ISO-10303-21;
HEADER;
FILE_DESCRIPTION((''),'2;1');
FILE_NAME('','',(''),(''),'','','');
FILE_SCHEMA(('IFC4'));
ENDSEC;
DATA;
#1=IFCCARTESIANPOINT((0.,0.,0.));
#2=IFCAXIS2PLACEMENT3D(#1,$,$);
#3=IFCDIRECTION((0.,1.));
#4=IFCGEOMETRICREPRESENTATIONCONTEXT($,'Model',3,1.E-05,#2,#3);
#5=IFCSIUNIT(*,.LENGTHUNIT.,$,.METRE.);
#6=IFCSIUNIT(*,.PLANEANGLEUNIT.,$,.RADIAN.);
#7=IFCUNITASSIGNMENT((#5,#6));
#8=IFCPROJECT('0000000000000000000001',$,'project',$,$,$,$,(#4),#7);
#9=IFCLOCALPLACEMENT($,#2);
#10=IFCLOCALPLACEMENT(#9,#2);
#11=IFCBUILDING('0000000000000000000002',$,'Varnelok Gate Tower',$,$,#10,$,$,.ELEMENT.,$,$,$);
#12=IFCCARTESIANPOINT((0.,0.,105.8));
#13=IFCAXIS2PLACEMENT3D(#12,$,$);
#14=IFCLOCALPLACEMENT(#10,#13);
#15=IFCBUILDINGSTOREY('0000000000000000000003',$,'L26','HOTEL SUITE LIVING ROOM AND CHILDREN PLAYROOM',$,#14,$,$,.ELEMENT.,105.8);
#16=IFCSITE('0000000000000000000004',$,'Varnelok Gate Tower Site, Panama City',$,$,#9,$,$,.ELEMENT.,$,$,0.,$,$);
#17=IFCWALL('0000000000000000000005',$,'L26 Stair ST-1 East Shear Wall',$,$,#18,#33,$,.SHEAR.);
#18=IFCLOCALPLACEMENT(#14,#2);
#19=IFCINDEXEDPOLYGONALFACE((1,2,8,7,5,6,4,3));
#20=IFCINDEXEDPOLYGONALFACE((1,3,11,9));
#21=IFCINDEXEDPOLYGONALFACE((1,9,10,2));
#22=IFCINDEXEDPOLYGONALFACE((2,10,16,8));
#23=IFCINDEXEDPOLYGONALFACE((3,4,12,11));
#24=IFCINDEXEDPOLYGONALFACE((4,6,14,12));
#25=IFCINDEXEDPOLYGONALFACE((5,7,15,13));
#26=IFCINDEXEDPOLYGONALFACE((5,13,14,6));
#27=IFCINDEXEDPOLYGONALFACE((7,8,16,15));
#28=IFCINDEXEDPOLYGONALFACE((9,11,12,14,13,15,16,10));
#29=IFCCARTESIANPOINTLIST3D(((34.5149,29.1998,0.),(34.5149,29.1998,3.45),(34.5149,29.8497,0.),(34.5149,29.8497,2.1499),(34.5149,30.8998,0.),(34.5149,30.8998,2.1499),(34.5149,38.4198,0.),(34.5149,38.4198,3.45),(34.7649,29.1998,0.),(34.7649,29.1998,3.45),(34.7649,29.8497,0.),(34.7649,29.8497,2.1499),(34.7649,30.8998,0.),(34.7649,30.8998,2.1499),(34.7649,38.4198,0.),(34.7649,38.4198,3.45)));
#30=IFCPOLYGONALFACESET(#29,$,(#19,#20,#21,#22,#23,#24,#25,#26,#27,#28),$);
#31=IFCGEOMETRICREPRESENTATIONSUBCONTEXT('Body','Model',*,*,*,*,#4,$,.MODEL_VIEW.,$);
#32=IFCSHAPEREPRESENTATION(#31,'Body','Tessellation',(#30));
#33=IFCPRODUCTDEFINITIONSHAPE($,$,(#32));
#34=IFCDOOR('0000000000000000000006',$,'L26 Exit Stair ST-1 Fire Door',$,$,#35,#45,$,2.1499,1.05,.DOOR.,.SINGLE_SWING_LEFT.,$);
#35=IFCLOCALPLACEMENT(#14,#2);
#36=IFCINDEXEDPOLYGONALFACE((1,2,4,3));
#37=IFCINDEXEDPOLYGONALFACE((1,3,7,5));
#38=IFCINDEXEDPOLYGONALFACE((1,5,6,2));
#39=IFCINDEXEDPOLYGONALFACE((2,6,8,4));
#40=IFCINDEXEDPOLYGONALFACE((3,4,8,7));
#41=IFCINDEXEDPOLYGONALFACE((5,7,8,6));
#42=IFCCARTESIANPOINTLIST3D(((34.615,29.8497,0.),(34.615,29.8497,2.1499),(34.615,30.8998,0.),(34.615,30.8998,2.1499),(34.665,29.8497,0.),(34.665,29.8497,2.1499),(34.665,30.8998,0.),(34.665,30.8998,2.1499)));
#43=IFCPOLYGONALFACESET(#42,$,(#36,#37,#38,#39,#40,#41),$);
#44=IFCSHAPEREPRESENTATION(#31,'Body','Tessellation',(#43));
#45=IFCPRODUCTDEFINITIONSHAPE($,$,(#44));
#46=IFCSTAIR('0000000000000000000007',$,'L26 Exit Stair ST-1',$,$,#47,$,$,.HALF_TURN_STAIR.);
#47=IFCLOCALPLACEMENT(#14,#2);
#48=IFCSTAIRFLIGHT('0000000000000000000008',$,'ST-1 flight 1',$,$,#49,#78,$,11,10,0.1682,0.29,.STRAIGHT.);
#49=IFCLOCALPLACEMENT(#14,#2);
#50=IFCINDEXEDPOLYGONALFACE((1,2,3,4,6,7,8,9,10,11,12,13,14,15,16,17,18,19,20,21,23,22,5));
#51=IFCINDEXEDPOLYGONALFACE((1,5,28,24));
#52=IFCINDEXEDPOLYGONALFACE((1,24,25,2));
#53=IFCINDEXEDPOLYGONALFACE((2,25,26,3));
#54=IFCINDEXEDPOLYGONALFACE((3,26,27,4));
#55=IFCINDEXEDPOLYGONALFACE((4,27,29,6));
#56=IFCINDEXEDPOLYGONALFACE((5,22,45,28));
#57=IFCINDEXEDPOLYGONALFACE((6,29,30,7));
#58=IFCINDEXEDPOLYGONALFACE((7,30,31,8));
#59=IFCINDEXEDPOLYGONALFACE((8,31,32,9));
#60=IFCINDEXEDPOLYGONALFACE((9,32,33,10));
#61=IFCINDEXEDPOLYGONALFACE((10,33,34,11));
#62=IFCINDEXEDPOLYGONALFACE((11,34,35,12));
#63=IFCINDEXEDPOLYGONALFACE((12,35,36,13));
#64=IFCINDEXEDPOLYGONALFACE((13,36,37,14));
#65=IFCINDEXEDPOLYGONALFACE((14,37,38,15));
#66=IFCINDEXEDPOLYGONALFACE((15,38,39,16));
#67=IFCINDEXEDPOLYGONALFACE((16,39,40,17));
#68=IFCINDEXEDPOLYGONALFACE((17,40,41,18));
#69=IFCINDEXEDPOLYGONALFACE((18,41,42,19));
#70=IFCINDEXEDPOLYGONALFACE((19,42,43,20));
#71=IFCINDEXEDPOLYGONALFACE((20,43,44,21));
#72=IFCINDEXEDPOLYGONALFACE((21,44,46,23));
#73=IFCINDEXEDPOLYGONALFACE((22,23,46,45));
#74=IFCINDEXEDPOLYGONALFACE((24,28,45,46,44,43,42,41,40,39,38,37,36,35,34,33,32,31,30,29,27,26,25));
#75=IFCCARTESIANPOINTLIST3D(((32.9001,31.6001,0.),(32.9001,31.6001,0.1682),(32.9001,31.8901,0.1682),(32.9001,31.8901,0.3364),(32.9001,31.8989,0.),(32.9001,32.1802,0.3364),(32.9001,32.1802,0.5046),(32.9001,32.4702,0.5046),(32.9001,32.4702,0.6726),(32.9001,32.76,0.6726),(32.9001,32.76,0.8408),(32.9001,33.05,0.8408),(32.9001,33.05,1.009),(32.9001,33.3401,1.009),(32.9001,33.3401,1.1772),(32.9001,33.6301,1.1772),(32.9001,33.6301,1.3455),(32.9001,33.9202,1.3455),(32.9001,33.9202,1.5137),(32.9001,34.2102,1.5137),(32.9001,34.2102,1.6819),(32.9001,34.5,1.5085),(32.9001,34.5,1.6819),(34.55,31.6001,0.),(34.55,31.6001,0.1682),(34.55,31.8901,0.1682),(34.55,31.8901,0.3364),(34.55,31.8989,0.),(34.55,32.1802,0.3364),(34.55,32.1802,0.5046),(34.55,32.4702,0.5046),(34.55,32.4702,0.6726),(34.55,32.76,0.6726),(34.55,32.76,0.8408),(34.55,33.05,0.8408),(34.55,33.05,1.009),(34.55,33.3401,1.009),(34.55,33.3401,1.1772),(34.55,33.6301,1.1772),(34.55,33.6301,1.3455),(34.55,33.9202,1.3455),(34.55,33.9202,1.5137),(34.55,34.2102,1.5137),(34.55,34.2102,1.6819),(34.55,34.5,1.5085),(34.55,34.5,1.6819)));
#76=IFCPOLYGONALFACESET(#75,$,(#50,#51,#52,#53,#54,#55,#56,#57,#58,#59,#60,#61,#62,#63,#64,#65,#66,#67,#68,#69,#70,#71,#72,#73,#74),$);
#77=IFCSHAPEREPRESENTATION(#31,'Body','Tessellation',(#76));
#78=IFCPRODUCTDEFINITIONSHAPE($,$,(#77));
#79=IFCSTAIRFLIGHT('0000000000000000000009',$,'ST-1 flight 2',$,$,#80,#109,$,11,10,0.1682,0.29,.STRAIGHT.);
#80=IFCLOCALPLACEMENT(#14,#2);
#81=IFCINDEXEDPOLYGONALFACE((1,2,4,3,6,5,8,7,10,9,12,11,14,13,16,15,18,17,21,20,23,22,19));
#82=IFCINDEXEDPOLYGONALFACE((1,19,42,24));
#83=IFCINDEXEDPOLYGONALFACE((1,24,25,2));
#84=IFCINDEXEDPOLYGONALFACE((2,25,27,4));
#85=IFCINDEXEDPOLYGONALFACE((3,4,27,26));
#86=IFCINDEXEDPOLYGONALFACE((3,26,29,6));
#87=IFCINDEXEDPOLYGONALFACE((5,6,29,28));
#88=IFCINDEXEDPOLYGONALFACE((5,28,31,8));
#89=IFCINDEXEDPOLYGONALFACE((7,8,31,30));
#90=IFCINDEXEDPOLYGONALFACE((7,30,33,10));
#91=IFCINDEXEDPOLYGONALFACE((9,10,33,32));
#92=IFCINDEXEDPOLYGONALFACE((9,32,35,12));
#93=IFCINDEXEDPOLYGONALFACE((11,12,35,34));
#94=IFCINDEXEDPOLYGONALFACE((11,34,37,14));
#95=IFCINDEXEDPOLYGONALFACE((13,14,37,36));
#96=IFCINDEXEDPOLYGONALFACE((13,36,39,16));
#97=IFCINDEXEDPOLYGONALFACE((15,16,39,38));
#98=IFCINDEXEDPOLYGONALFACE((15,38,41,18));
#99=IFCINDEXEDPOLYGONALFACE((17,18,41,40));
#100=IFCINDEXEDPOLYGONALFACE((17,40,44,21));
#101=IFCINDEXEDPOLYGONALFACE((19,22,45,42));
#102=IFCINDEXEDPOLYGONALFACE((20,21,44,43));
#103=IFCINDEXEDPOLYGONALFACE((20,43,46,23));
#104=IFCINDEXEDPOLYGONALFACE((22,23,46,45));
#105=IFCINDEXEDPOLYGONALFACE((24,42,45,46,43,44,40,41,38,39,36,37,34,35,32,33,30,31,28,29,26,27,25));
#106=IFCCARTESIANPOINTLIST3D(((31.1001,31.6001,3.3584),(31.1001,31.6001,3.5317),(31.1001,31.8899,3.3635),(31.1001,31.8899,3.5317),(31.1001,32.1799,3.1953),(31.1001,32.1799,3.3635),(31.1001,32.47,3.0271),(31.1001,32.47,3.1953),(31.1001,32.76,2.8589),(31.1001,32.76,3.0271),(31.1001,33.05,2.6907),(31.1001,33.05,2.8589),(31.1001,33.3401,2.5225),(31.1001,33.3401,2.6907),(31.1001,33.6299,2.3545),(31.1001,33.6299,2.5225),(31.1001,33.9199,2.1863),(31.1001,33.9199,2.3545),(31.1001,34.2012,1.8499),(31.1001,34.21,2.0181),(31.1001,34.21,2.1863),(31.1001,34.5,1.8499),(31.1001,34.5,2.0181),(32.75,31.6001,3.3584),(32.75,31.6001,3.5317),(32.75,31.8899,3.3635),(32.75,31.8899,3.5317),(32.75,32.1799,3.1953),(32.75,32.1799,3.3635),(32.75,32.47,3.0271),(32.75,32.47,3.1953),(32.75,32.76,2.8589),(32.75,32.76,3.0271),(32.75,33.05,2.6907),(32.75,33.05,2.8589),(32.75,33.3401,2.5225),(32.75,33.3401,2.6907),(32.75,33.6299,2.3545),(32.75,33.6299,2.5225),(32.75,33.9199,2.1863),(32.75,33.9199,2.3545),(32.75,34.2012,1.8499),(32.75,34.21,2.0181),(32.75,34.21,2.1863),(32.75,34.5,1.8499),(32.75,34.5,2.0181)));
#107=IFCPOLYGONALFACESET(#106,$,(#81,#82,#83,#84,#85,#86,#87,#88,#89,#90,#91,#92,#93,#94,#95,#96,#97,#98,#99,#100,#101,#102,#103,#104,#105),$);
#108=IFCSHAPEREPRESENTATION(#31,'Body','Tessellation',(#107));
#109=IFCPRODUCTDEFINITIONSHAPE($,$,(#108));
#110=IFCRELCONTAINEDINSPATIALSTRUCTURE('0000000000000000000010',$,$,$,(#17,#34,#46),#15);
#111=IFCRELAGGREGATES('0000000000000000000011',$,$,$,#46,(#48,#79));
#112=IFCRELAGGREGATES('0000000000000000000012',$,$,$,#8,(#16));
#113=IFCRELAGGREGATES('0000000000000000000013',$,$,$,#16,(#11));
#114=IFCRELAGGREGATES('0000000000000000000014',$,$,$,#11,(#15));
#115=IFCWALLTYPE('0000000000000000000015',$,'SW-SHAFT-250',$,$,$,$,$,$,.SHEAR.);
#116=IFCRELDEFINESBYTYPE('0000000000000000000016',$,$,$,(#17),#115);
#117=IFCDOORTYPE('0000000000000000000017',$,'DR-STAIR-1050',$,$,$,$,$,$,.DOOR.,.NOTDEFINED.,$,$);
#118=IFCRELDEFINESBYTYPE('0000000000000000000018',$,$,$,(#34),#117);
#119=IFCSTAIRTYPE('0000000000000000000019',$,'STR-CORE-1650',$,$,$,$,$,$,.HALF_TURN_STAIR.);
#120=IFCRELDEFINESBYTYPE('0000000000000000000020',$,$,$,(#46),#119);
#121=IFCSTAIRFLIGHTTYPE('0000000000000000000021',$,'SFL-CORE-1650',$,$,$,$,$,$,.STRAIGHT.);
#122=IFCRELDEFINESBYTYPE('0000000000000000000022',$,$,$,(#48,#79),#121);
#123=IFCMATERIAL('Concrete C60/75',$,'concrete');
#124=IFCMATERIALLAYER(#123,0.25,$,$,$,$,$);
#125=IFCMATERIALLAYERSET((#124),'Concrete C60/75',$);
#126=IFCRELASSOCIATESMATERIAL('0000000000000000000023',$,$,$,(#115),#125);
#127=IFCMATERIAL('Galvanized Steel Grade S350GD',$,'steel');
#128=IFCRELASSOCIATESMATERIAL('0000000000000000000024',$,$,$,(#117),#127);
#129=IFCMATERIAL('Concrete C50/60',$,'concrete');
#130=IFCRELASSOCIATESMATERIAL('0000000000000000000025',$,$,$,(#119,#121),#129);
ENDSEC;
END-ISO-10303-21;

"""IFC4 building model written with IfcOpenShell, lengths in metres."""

from ifc_helpers import new_model, si_unit, direction, frame, frame_2d, origin, place, context, subcontext, project, spatial, polyline, rectangle, outline, extrude, material, layer, layer_set, type_object, element, fill, aggregate, save


model = new_model("IFC4")

# Units and contexts
model_context = context("Model", 3, precision=1e-05, world=origin(), true_north=direction((0.0, 1.0)))
body_context = subcontext(model_context, "Body", "Model", "MODEL_VIEW")
ifc_project = project(units=[si_unit("LENGTHUNIT", "METRE"), si_unit("PLANEANGLEUNIT", "RADIAN")], contexts=[model_context])

# Site, building, storey
site_placement = place(None, origin())
site = spatial("IfcSite", under=ifc_project, at=site_placement, Name="Varnelok Gate Tower Site, Panama City", CompositionType="ELEMENT", RefElevation=0.0)
building_placement = place(site_placement, origin())
building = spatial("IfcBuilding", under=site, at=building_placement, Name="Varnelok Gate Tower", CompositionType="ELEMENT")
storey_placement = place(building_placement, frame((0.0, 0.0, 105.8)))
storey = spatial("IfcBuildingStorey", under=building, at=storey_placement, Name="L26", Description="HOTEL SUITE LIVING ROOM AND CHILDREN PLAYROOM", CompositionType="ELEMENT", Elevation=105.8)

# Shared definitions
ifc_material_1 = material(Name="Galvanized Steel Grade S350GD", Category="steel")

# Wall, opening, door
ifc_material_2 = material(Name="Concrete C60/75", Category="concrete")
ifc_layer_1 = layer(ifc_material_2, 0.25)
ifc_layer_set_1 = layer_set([ifc_layer_1], Name="Concrete C60/75")
wall_type_1 = type_object("IfcWallType", Name="SW-SHAFT-250", PredefinedType="SHEAR", material=ifc_layer_set_1)
wall_1_placement = place(storey_placement, frame((34.6399, 29.2, 0.0), z_axis=(0.0, 0.0, 1.0), x_axis=(0.0, 1.0, 0.0)))
wall_1 = element("IfcWall", 1, at=wall_1_placement, inside=storey, type_object=wall_type_1, Name="L26 Stair ST-1 East Shear Wall", PredefinedType="SHEAR", context=body_context, shape_type="SweptSolid", body=[
    extrude(rectangle(XDim=9.22, YDim=0.25, at=frame_2d((4.6099, 0.0))), origin(), (0.0, 0.0, 1.0), 3.45),
])
opening_1_placement = place(wall_1_placement, frame((0.6499, 0.0, 0.0)))
opening_1 = element("IfcOpeningElement", 2, at=opening_1_placement, cuts=wall_1, PredefinedType="OPENING", context=body_context, shape_type="SweptSolid", body=[
    extrude(rectangle(XDim=1.05, YDim=2.1499, at=frame_2d((0.5249, 1.075))), frame((0.0, 0.135, 0.0), z_axis=(0.0, -1.0, 0.0), x_axis=(1.0, 0.0, 0.0)), (0.0, 0.0, 1.0), 0.27),
])
door_type_1 = type_object("IfcDoorType", Name="DR-STAIR-1050", OperationType="NOTDEFINED", PredefinedType="DOOR", material=ifc_material_1)
door_1_placement = place(opening_1_placement, origin())
door_1 = element("IfcDoor", 3, at=door_1_placement, inside=storey, type_object=door_type_1, Name="L26 Exit Stair ST-1 Fire Door", OperationType="SINGLE_SWING_LEFT", OverallHeight=2.1499, OverallWidth=1.05, PredefinedType="DOOR", context=body_context, shape_type="SweptSolid", body=[
    extrude(rectangle(XDim=1.05, YDim=2.1499, at=frame_2d((0.5249, 1.075))), frame((0.0, 0.0249, 0.0), z_axis=(0.0, -1.0, 0.0), x_axis=(1.0, 0.0, 0.0)), (0.0, 0.0, 1.0), 0.05),
])
fill(opening_1, door_1)

# Stair, stair flights
ifc_material_3 = material(Name="Concrete C50/60", Category="concrete")
stair_type = type_object("IfcStairType", Name="STR-CORE-1650", PredefinedType="HALF_TURN_STAIR", material=ifc_material_3)
stair_placement = place(storey_placement, origin())
stair = element("IfcStair", 4, at=stair_placement, inside=storey, type_object=stair_type, Name="L26 Exit Stair ST-1", PredefinedType="HALF_TURN_STAIR")
stair_flight_type = type_object("IfcStairFlightType", Name="SFL-CORE-1650", PredefinedType="STRAIGHT", material=ifc_material_3)
stair_flight_1_placement = place(storey_placement, frame((33.7251, 31.6001, 0.0), z_axis=(0.0, 0.0, 1.0), x_axis=(0.0, 1.0, 0.0)))
stair_flight_1 = element("IfcStairFlight", 5, at=stair_flight_1_placement, type_object=stair_flight_type, Name="ST-1 flight 1", NumberOfRisers=11, NumberOfTreads=10, PredefinedType="STRAIGHT", RiserHeight=0.1682, TreadLength=0.29, context=body_context, shape_type="SweptSolid", body=[
    extrude(outline(polyline([(0.0, 0.0), (0.0, 0.1682), (0.29, 0.1682), (0.29, 0.3364), (0.5801, 0.3364), (0.5801, 0.5046), (0.8701, 0.5046), (0.8701, 0.6726), (1.1599, 0.6726), (1.1599, 0.8408), (1.45, 0.8408), (1.45, 1.009), (1.74, 1.009), (1.74, 1.1772), (2.03, 1.1772), (2.03, 1.3455), (2.3201, 1.3455), (2.3201, 1.5137), (2.6101, 1.5137), (2.6101, 1.6819), (2.8999, 1.6819), (2.8999, 1.8501), (2.8999, 1.5085), (0.2988, 0.0), (0.0, 0.0)])), frame((0.0, 0.825, 0.0), z_axis=(0.0, -1.0, 0.0), x_axis=(1.0, 0.0, 0.0)), (0.0, 0.0, 1.0), 1.6499),
])
stair_flight_2_placement = place(storey_placement, frame((31.925, 34.5, 1.8499), z_axis=(0.0, 0.0, 1.0), x_axis=(0.0, -1.0, 0.0)))
stair_flight_2 = element("IfcStairFlight", 6, at=stair_flight_2_placement, type_object=stair_flight_type, Name="ST-1 flight 2", NumberOfRisers=11, NumberOfTreads=10, PredefinedType="STRAIGHT", RiserHeight=0.1682, TreadLength=0.29, context=body_context, shape_type="SweptSolid", body=[
    extrude(outline(polyline([(0.0, 0.0), (0.0, 0.1682), (0.29, 0.1682), (0.29, 0.3364), (0.5801, 0.3364), (0.5801, 0.5046), (0.8701, 0.5046), (0.8701, 0.6726), (1.1599, 0.6726), (1.1599, 0.8408), (1.45, 0.8408), (1.45, 1.009), (1.74, 1.009), (1.74, 1.1772), (2.03, 1.1772), (2.03, 1.3455), (2.3201, 1.3455), (2.3201, 1.5137), (2.6101, 1.5137), (2.6101, 1.6819), (2.8999, 1.6819), (2.8999, 1.8501), (2.8999, 1.5085), (0.2988, 0.0), (0.0, 0.0)])), frame((0.0, 0.825, 0.0), z_axis=(0.0, -1.0, 0.0), x_axis=(1.0, 0.0, 0.0)), (0.0, 0.0, 1.0), 1.6499),
])
aggregate(stair, [stair_flight_1, stair_flight_2])

save(model, "model.ifc")
